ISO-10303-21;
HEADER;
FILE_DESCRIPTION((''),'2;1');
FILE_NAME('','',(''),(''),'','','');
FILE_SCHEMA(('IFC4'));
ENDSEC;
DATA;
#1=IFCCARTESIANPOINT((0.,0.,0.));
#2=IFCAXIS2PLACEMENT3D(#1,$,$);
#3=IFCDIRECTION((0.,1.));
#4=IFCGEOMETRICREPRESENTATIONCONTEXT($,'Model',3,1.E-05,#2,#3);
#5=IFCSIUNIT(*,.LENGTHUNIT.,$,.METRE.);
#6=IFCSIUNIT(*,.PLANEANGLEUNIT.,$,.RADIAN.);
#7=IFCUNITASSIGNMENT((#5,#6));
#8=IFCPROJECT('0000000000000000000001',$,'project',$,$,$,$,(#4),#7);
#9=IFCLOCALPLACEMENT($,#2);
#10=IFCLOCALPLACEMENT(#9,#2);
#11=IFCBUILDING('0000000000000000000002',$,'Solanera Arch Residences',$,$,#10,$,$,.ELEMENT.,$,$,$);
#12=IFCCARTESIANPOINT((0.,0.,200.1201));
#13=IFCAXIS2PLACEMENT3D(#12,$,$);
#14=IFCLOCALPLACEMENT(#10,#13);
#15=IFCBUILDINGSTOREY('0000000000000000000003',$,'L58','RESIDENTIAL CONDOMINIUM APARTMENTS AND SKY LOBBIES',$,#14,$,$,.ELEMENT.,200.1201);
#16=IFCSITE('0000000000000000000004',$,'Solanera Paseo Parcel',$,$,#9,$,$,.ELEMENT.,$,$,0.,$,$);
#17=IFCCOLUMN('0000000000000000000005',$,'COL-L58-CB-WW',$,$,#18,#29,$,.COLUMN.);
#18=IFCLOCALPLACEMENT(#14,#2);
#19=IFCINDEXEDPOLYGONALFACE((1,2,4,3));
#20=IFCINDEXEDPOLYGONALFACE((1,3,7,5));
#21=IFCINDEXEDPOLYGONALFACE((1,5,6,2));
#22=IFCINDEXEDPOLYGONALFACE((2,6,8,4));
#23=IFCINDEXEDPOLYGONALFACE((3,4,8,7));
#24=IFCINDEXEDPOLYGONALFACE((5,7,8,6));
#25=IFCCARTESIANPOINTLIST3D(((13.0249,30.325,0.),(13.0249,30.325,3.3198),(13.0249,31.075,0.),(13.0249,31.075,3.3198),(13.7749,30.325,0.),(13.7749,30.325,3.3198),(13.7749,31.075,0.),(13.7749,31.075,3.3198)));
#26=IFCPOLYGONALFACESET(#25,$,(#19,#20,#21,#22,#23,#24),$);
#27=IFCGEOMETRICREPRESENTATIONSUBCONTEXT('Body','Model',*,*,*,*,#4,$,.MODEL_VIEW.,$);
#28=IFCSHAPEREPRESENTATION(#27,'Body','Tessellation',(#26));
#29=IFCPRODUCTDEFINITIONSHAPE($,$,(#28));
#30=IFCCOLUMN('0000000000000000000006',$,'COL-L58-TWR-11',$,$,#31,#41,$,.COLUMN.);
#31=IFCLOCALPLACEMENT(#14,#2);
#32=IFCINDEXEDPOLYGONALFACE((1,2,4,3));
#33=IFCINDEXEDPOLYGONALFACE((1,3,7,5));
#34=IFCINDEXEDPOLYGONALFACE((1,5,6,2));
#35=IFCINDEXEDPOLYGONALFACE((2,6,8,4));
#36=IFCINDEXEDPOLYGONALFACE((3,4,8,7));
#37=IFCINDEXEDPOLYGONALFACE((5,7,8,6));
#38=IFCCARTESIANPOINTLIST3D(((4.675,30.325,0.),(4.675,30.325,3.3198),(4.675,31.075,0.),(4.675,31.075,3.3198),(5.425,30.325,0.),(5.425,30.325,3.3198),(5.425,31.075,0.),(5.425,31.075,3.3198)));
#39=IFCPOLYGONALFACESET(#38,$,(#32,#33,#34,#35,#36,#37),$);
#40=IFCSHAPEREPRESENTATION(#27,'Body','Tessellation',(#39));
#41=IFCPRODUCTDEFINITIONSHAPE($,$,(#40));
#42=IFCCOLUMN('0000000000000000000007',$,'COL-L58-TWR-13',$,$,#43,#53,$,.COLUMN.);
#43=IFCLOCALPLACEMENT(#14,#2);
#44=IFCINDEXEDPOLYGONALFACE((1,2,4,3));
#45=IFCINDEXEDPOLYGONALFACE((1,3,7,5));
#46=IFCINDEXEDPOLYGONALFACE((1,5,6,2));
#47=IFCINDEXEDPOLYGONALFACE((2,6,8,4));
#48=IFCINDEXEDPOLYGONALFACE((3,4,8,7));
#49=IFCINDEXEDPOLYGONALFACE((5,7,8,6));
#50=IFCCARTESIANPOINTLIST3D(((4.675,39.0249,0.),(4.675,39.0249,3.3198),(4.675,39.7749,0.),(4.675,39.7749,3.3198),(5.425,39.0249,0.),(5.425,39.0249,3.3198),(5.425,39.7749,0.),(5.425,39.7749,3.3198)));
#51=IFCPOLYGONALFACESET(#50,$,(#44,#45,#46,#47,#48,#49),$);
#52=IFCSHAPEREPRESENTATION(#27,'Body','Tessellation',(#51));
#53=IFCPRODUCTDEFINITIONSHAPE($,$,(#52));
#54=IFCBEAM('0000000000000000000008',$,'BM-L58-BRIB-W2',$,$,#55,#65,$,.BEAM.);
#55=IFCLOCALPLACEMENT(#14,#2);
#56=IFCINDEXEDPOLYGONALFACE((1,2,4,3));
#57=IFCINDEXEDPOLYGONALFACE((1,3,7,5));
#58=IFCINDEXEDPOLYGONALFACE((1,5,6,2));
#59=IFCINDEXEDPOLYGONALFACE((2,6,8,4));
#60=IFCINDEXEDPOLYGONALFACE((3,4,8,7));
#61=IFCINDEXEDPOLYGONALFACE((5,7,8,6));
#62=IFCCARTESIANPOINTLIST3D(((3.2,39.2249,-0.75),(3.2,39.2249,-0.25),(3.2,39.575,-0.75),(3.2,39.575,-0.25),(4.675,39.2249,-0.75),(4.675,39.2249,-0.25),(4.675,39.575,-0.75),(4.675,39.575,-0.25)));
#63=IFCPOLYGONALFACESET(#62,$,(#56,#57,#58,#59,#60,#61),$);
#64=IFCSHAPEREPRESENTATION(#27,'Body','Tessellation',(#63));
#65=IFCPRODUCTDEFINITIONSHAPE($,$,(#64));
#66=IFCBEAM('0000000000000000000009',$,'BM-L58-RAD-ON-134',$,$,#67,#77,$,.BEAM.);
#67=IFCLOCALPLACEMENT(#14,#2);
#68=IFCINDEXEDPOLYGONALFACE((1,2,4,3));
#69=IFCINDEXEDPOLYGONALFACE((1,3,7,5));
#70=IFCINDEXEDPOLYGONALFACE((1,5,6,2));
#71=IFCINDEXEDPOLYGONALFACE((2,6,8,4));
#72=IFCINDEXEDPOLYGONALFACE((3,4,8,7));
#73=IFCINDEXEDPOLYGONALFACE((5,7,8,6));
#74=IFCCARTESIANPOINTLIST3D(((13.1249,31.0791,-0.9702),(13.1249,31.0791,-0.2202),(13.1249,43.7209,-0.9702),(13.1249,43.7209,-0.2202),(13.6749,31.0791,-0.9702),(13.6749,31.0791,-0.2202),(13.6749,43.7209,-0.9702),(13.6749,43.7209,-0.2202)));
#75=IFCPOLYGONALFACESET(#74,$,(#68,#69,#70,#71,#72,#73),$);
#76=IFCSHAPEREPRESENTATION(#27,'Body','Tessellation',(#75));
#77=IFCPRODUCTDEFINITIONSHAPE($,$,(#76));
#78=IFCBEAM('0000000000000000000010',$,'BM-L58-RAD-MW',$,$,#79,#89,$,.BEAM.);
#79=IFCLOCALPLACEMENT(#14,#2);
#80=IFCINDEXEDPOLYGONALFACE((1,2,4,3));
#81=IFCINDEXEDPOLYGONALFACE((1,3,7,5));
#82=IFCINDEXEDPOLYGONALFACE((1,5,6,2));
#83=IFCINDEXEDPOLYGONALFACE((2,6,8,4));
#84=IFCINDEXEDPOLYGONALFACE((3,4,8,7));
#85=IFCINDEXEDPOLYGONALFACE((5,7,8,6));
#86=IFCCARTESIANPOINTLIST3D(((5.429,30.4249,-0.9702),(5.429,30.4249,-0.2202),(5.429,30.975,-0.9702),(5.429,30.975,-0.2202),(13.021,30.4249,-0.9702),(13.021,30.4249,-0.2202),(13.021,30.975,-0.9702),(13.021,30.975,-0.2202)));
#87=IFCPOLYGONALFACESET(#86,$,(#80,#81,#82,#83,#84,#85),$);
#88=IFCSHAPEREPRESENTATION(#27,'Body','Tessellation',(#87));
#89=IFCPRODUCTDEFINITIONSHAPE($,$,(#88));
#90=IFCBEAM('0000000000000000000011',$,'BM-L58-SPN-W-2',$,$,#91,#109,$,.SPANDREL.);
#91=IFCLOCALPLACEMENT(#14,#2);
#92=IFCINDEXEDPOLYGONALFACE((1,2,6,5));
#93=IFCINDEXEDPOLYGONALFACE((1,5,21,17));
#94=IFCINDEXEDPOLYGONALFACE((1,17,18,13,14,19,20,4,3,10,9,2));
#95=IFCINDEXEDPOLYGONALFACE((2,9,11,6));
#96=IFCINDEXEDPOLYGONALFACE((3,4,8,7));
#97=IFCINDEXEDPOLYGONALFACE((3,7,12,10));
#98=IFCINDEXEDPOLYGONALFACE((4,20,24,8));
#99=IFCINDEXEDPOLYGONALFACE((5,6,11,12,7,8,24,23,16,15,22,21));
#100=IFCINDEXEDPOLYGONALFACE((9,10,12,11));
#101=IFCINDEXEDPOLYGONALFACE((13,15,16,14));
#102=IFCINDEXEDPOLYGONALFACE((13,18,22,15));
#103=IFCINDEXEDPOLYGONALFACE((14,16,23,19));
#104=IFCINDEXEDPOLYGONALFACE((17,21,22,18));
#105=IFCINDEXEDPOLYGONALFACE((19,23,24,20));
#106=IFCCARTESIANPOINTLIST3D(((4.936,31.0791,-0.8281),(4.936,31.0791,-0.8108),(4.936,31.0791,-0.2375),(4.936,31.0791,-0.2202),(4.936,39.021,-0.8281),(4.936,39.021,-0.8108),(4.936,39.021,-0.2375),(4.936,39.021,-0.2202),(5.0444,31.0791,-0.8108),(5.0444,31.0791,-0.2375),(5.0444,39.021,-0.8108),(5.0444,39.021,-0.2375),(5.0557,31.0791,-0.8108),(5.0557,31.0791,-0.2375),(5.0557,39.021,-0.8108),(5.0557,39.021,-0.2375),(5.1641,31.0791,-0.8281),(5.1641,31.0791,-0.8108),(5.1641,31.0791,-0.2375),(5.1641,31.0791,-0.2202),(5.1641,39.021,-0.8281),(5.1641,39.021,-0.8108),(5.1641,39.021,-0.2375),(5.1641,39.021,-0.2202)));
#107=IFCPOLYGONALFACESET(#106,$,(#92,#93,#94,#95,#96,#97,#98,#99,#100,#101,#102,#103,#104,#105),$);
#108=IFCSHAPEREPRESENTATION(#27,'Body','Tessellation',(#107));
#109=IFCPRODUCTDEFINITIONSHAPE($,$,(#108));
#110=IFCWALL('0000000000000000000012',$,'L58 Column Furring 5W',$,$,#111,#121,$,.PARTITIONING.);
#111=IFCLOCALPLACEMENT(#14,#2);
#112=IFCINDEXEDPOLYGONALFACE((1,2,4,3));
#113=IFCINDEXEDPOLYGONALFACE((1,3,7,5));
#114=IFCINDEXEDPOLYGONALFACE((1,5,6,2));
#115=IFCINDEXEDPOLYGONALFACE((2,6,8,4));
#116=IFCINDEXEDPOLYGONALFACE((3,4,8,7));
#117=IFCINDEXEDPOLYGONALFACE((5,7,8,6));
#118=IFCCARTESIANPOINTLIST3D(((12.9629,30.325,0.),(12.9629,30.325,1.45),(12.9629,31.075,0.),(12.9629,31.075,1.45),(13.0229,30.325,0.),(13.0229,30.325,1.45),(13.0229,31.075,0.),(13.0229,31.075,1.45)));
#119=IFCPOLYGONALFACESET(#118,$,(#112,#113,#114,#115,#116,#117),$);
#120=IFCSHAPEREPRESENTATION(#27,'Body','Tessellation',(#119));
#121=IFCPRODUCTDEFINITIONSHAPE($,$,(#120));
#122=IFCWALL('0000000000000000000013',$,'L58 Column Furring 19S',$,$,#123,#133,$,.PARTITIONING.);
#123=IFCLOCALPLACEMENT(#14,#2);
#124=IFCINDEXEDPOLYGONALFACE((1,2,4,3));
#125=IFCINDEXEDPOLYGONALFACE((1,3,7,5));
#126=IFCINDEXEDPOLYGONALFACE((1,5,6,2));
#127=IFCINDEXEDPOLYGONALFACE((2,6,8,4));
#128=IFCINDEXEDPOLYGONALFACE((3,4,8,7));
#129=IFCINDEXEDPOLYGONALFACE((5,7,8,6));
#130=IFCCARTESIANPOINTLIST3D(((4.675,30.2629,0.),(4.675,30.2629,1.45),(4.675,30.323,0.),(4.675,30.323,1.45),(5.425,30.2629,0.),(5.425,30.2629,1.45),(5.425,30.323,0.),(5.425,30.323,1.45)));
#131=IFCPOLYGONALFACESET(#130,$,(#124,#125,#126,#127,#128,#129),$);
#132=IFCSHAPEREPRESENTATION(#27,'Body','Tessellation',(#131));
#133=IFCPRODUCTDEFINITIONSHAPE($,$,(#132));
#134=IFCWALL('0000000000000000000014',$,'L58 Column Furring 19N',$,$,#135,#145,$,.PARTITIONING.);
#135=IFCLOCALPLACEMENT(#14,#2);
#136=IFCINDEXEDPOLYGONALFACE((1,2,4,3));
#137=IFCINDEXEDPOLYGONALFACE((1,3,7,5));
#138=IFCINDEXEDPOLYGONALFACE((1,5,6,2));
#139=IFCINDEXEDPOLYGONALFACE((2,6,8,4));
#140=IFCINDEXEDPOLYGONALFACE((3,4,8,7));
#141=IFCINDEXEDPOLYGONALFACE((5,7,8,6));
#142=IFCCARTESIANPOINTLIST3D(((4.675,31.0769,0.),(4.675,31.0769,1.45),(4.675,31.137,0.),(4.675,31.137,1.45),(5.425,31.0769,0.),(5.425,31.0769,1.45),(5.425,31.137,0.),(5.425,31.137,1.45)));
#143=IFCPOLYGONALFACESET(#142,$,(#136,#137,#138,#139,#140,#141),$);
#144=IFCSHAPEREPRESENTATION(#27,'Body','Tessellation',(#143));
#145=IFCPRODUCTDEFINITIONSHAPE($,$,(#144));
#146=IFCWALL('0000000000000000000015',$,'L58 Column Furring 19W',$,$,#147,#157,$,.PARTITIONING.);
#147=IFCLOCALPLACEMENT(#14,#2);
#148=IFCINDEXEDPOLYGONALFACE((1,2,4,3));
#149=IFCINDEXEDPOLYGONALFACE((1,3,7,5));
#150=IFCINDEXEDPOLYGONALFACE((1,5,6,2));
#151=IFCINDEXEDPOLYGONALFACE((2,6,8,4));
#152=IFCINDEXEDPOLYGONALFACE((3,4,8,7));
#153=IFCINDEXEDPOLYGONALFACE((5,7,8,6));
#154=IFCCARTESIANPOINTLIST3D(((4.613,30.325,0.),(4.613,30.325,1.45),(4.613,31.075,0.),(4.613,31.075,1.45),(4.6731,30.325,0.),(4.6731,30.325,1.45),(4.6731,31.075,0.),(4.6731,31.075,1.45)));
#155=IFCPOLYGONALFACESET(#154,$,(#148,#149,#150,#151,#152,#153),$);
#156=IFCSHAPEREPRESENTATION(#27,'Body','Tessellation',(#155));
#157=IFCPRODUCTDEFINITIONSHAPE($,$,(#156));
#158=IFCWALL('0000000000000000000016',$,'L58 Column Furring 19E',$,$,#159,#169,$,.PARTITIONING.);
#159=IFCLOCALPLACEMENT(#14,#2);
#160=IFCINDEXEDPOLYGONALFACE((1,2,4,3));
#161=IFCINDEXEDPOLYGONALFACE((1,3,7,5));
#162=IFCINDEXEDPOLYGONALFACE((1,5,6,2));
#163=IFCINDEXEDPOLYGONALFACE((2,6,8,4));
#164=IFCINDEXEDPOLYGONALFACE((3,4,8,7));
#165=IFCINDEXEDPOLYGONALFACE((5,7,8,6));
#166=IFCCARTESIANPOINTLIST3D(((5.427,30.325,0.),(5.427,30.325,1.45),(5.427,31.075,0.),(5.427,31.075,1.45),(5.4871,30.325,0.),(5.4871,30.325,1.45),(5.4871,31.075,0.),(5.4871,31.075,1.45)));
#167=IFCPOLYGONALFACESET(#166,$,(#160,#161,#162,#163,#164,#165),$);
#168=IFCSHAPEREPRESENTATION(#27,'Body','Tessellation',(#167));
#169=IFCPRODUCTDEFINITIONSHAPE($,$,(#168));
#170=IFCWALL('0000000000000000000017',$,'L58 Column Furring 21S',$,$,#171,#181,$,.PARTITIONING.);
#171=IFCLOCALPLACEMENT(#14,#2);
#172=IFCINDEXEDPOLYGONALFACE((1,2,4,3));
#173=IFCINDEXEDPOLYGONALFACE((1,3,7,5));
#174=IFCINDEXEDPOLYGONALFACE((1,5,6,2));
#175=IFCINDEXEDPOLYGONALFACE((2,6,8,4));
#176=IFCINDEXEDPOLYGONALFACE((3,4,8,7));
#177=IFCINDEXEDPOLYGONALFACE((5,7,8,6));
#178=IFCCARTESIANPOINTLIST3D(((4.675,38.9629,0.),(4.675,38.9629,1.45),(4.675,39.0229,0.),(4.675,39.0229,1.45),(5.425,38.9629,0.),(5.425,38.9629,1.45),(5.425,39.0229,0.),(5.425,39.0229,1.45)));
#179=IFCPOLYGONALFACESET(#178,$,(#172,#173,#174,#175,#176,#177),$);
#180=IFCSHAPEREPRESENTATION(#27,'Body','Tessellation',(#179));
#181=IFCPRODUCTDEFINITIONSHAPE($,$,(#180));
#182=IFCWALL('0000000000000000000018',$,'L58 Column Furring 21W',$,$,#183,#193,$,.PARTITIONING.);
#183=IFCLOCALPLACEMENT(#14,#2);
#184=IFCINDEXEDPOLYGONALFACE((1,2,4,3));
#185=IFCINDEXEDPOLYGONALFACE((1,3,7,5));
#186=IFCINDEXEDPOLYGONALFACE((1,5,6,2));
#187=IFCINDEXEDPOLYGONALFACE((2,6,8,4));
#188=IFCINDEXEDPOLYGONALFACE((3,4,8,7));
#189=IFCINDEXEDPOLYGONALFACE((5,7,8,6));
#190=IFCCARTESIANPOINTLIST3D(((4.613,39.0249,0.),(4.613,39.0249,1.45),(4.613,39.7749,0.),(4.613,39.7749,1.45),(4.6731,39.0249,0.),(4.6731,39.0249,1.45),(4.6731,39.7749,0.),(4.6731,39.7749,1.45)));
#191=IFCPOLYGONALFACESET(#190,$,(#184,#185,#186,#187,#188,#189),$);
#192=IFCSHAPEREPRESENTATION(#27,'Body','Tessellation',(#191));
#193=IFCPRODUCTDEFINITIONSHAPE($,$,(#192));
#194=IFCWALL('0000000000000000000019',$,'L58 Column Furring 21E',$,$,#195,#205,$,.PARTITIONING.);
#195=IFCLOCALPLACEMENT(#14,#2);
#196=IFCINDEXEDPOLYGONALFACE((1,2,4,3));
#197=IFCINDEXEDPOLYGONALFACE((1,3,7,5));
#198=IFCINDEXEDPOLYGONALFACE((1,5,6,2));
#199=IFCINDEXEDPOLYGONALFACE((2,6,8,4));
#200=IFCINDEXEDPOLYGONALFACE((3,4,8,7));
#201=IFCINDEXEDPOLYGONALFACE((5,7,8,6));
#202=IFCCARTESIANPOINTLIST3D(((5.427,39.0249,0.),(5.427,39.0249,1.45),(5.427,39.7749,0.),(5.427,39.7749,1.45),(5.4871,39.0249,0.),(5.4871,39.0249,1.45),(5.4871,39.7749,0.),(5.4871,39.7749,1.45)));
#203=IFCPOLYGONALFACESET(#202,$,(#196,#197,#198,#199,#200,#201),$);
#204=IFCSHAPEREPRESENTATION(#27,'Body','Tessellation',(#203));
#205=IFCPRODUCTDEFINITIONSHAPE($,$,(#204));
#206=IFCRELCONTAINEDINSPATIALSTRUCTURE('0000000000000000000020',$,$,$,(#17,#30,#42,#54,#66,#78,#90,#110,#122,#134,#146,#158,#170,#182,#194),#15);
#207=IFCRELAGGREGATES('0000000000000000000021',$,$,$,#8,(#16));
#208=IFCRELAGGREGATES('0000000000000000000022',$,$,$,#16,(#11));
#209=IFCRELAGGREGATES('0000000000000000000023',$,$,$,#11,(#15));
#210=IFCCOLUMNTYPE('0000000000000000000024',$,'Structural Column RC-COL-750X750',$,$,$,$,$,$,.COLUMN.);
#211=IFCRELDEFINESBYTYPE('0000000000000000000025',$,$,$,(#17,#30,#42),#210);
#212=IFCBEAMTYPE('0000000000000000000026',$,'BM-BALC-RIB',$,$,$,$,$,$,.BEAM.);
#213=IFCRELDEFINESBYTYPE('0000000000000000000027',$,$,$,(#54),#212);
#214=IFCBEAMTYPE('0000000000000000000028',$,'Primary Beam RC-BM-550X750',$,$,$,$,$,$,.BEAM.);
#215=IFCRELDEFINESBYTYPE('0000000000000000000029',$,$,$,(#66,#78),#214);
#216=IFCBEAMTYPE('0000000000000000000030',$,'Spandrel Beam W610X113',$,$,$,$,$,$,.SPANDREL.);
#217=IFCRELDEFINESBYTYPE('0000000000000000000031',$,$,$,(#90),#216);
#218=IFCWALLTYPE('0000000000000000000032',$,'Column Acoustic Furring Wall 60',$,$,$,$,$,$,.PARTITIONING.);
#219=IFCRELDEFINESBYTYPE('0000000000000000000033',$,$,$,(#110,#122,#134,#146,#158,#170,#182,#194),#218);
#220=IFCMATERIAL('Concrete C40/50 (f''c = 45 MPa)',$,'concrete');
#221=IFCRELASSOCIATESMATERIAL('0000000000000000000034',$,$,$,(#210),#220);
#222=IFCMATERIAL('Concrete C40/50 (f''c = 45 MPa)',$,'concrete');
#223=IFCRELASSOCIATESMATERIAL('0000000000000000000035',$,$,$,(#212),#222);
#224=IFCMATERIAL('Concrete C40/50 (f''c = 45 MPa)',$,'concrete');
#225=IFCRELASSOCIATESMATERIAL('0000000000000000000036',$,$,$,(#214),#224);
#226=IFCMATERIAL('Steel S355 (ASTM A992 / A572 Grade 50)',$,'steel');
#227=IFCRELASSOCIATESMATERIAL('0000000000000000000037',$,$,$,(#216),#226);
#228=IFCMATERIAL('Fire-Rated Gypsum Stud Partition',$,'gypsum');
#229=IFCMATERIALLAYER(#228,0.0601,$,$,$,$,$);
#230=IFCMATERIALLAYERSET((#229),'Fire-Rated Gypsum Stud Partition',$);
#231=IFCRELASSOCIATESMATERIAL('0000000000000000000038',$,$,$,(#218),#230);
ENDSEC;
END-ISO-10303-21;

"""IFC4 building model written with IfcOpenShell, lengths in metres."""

from ifc_helpers import new_model, si_unit, direction, frame, frame_2d, origin, origin_2d, place, context, subcontext, project, spatial, rectangle, i_section, extrude, material, layer, layer_set, material_profile, profile_set, type_object, element, save


model = new_model("IFC4")

# Units and contexts
model_context = context("Model", 3, precision=1e-05, world=origin(), true_north=direction((0.0, 1.0)))
body_context = subcontext(model_context, "Body", "Model", "MODEL_VIEW")
ifc_project = project(units=[si_unit("LENGTHUNIT", "METRE"), si_unit("PLANEANGLEUNIT", "RADIAN")], contexts=[model_context])

# Site, building, storey
site_placement = place(None, origin())
site = spatial("IfcSite", under=ifc_project, at=site_placement, Name="Solanera Paseo Parcel", CompositionType="ELEMENT", RefElevation=0.0)
building_placement = place(site_placement, origin())
building = spatial("IfcBuilding", under=site, at=building_placement, Name="Solanera Arch Residences", CompositionType="ELEMENT")
storey_placement = place(building_placement, frame((0.0, 0.0, 200.1201)))
storey = spatial("IfcBuildingStorey", under=building, at=storey_placement, Name="L58", Description="RESIDENTIAL CONDOMINIUM APARTMENTS AND SKY LOBBIES", CompositionType="ELEMENT", Elevation=200.1201)

# Columns
ifc_material_1 = material(Name="Concrete C40/50 (f'c = 45 MPa)", Category="concrete")
ifc_material_profile_1 = material_profile(ifc_material_1, rectangle(XDim=0.75, YDim=0.75, at=origin_2d()))
ifc_profile_set_1 = profile_set([ifc_material_profile_1], Name="Concrete C40/50 (f'c = 45 MPa)")
column_type = type_object("IfcColumnType", Name="Structural Column RC-COL-750X750", PredefinedType="COLUMN", material=ifc_profile_set_1)
for number, where, z_axis, x_axis, name in (
    (1, (13.3999, 30.7, 0.0), (0.0, 0.0, 1.0), (1.0, 0.0, 0.0), "COL-L58-CB-WW"),
    (2, (5.05, 30.7, 0.0), (0.0, 0.0, 1.0), (1.0, 0.0, 0.0), "COL-L58-TWR-11"),
    (3, (5.05, 39.3999, 0.0), (0.0, 0.0, 1.0), (1.0, 0.0, 0.0), "COL-L58-TWR-13"),
):
    element("IfcColumn", number, at=place(storey_placement, frame(where, z_axis=z_axis, x_axis=x_axis)), inside=storey, type_object=column_type, Name=name, PredefinedType="COLUMN", context=body_context, shape_type="SweptSolid", body=[
        extrude(rectangle(XDim=0.75, YDim=0.75, at=origin_2d()), origin(), (0.0, 0.0, 1.0), 3.3198),
    ])

# Beams
ifc_material_2 = material(Name="Concrete C40/50 (f'c = 45 MPa)", Category="concrete")
ifc_material_profile_2 = material_profile(ifc_material_2, rectangle(XDim=0.3501, YDim=0.5, at=origin_2d()))
ifc_profile_set_2 = profile_set([ifc_material_profile_2], Name="Concrete C40/50 (f'c = 45 MPa)")
beam_type_1 = type_object("IfcBeamType", Name="BM-BALC-RIB", PredefinedType="BEAM", material=ifc_profile_set_2)
beam_1_placement = place(storey_placement, frame((3.2, 39.3999, -0.5), z_axis=(1.0, 0.0, 0.0), x_axis=(0.0, 1.0, 0.0)))
element("IfcBeam", 4, at=beam_1_placement, inside=storey, type_object=beam_type_1, Name="BM-L58-BRIB-W2", PredefinedType="BEAM", context=body_context, shape_type="SweptSolid", body=[
    extrude(rectangle(XDim=0.3501, YDim=0.5, at=origin_2d()), origin(), (0.0, 0.0, 1.0), 1.4751),
])
ifc_material_3 = material(Name="Concrete C40/50 (f'c = 45 MPa)", Category="concrete")
ifc_material_profile_3 = material_profile(ifc_material_3, rectangle(XDim=0.55, YDim=0.75, at=origin_2d()))
ifc_profile_set_3 = profile_set([ifc_material_profile_3], Name="Concrete C40/50 (f'c = 45 MPa)")
beam_type_2 = type_object("IfcBeamType", Name="Primary Beam RC-BM-550X750", PredefinedType="BEAM", material=ifc_profile_set_3)
beam_2_placement = place(storey_placement, frame((13.3999, 31.0791, -0.5952), z_axis=(0.0, 1.0, 0.0), x_axis=(-1.0, 0.0, 0.0)))
element("IfcBeam", 5, at=beam_2_placement, inside=storey, type_object=beam_type_2, Name="BM-L58-RAD-ON-134", PredefinedType="BEAM", context=body_context, shape_type="SweptSolid", body=[
    extrude(rectangle(XDim=0.55, YDim=0.75, at=origin_2d()), origin(), (0.0, 0.0, 1.0), 12.6418),
])
beam_3_placement = place(storey_placement, frame((5.429, 30.7, -0.5952), z_axis=(1.0, 0.0, 0.0), x_axis=(0.0, 1.0, 0.0)))
element("IfcBeam", 6, at=beam_3_placement, inside=storey, type_object=beam_type_2, Name="BM-L58-RAD-MW", PredefinedType="BEAM", context=body_context, shape_type="SweptSolid", body=[
    extrude(rectangle(XDim=0.55, YDim=0.75, at=origin_2d()), origin(), (0.0, 0.0, 1.0), 7.592),
])
ifc_material_4 = material(Name="Steel S355 (ASTM A992 / A572 Grade 50)", Category="steel")
ifc_material_profile_4 = material_profile(ifc_material_4, i_section(OverallWidth=0.228, OverallDepth=0.6079, WebThickness=0.0112, FlangeThickness=0.0173, at=origin_2d()))
ifc_profile_set_4 = profile_set([ifc_material_profile_4], Name="Steel S355 (ASTM A992 / A572 Grade 50)")
beam_type_3 = type_object("IfcBeamType", Name="Spandrel Beam W610X113", PredefinedType="SPANDREL", material=ifc_profile_set_4)
beam_4_placement = place(storey_placement, frame((5.05, 31.0791, -0.5242), z_axis=(0.0, 1.0, 0.0), x_axis=(-1.0, 0.0, 0.0)))
element("IfcBeam", 7, at=beam_4_placement, inside=storey, type_object=beam_type_3, Name="BM-L58-SPN-W-2", PredefinedType="SPANDREL", context=body_context, shape_type="SweptSolid", body=[
    extrude(i_section(OverallWidth=0.228, OverallDepth=0.6079, WebThickness=0.0112, FlangeThickness=0.0173, at=origin_2d()), origin(), (0.0, 0.0, 1.0), 7.9419),
])

# Walls
ifc_material_5 = material(Name="Fire-Rated Gypsum Stud Partition", Category="gypsum")
ifc_layer_1 = layer(ifc_material_5, 0.0601)
ifc_layer_set_1 = layer_set([ifc_layer_1], Name="Fire-Rated Gypsum Stud Partition")
wall_type_1 = type_object("IfcWallType", Name="Column Acoustic Furring Wall 60", PredefinedType="PARTITIONING", material=ifc_layer_set_1)
for number, where, z_axis, x_axis, name in (
    (8, (12.9929, 30.325, 0.0), (0.0, 0.0, 1.0), (0.0, 1.0, 0.0), "L58 Column Furring 5W"),
    (9, (4.675, 30.293, 0.0), (0.0, 0.0, 1.0), (1.0, 0.0, 0.0), "L58 Column Furring 19S"),
    (10, (4.675, 31.1069, 0.0), (0.0, 0.0, 1.0), (1.0, 0.0, 0.0), "L58 Column Furring 19N"),
    (11, (4.6431, 30.325, 0.0), (0.0, 0.0, 1.0), (0.0, 1.0, 0.0), "L58 Column Furring 19W"),
    (12, (5.457, 30.325, 0.0), (0.0, 0.0, 1.0), (0.0, 1.0, 0.0), "L58 Column Furring 19E"),
    (13, (4.675, 38.9929, 0.0), (0.0, 0.0, 1.0), (1.0, 0.0, 0.0), "L58 Column Furring 21S"),
    (14, (4.6431, 39.0249, 0.0), (0.0, 0.0, 1.0), (0.0, 1.0, 0.0), "L58 Column Furring 21W"),
    (15, (5.457, 39.0249, 0.0), (0.0, 0.0, 1.0), (0.0, 1.0, 0.0), "L58 Column Furring 21E"),
):
    element("IfcWall", number, at=place(storey_placement, frame(where, z_axis=z_axis, x_axis=x_axis)), inside=storey, type_object=wall_type_1, Name=name, PredefinedType="PARTITIONING", context=body_context, shape_type="SweptSolid", body=[
        extrude(rectangle(XDim=0.75, YDim=0.0601, at=frame_2d((0.375, 0.0))), origin(), (0.0, 0.0, 1.0), 1.45),
    ])

save(model, "model.ifc")
